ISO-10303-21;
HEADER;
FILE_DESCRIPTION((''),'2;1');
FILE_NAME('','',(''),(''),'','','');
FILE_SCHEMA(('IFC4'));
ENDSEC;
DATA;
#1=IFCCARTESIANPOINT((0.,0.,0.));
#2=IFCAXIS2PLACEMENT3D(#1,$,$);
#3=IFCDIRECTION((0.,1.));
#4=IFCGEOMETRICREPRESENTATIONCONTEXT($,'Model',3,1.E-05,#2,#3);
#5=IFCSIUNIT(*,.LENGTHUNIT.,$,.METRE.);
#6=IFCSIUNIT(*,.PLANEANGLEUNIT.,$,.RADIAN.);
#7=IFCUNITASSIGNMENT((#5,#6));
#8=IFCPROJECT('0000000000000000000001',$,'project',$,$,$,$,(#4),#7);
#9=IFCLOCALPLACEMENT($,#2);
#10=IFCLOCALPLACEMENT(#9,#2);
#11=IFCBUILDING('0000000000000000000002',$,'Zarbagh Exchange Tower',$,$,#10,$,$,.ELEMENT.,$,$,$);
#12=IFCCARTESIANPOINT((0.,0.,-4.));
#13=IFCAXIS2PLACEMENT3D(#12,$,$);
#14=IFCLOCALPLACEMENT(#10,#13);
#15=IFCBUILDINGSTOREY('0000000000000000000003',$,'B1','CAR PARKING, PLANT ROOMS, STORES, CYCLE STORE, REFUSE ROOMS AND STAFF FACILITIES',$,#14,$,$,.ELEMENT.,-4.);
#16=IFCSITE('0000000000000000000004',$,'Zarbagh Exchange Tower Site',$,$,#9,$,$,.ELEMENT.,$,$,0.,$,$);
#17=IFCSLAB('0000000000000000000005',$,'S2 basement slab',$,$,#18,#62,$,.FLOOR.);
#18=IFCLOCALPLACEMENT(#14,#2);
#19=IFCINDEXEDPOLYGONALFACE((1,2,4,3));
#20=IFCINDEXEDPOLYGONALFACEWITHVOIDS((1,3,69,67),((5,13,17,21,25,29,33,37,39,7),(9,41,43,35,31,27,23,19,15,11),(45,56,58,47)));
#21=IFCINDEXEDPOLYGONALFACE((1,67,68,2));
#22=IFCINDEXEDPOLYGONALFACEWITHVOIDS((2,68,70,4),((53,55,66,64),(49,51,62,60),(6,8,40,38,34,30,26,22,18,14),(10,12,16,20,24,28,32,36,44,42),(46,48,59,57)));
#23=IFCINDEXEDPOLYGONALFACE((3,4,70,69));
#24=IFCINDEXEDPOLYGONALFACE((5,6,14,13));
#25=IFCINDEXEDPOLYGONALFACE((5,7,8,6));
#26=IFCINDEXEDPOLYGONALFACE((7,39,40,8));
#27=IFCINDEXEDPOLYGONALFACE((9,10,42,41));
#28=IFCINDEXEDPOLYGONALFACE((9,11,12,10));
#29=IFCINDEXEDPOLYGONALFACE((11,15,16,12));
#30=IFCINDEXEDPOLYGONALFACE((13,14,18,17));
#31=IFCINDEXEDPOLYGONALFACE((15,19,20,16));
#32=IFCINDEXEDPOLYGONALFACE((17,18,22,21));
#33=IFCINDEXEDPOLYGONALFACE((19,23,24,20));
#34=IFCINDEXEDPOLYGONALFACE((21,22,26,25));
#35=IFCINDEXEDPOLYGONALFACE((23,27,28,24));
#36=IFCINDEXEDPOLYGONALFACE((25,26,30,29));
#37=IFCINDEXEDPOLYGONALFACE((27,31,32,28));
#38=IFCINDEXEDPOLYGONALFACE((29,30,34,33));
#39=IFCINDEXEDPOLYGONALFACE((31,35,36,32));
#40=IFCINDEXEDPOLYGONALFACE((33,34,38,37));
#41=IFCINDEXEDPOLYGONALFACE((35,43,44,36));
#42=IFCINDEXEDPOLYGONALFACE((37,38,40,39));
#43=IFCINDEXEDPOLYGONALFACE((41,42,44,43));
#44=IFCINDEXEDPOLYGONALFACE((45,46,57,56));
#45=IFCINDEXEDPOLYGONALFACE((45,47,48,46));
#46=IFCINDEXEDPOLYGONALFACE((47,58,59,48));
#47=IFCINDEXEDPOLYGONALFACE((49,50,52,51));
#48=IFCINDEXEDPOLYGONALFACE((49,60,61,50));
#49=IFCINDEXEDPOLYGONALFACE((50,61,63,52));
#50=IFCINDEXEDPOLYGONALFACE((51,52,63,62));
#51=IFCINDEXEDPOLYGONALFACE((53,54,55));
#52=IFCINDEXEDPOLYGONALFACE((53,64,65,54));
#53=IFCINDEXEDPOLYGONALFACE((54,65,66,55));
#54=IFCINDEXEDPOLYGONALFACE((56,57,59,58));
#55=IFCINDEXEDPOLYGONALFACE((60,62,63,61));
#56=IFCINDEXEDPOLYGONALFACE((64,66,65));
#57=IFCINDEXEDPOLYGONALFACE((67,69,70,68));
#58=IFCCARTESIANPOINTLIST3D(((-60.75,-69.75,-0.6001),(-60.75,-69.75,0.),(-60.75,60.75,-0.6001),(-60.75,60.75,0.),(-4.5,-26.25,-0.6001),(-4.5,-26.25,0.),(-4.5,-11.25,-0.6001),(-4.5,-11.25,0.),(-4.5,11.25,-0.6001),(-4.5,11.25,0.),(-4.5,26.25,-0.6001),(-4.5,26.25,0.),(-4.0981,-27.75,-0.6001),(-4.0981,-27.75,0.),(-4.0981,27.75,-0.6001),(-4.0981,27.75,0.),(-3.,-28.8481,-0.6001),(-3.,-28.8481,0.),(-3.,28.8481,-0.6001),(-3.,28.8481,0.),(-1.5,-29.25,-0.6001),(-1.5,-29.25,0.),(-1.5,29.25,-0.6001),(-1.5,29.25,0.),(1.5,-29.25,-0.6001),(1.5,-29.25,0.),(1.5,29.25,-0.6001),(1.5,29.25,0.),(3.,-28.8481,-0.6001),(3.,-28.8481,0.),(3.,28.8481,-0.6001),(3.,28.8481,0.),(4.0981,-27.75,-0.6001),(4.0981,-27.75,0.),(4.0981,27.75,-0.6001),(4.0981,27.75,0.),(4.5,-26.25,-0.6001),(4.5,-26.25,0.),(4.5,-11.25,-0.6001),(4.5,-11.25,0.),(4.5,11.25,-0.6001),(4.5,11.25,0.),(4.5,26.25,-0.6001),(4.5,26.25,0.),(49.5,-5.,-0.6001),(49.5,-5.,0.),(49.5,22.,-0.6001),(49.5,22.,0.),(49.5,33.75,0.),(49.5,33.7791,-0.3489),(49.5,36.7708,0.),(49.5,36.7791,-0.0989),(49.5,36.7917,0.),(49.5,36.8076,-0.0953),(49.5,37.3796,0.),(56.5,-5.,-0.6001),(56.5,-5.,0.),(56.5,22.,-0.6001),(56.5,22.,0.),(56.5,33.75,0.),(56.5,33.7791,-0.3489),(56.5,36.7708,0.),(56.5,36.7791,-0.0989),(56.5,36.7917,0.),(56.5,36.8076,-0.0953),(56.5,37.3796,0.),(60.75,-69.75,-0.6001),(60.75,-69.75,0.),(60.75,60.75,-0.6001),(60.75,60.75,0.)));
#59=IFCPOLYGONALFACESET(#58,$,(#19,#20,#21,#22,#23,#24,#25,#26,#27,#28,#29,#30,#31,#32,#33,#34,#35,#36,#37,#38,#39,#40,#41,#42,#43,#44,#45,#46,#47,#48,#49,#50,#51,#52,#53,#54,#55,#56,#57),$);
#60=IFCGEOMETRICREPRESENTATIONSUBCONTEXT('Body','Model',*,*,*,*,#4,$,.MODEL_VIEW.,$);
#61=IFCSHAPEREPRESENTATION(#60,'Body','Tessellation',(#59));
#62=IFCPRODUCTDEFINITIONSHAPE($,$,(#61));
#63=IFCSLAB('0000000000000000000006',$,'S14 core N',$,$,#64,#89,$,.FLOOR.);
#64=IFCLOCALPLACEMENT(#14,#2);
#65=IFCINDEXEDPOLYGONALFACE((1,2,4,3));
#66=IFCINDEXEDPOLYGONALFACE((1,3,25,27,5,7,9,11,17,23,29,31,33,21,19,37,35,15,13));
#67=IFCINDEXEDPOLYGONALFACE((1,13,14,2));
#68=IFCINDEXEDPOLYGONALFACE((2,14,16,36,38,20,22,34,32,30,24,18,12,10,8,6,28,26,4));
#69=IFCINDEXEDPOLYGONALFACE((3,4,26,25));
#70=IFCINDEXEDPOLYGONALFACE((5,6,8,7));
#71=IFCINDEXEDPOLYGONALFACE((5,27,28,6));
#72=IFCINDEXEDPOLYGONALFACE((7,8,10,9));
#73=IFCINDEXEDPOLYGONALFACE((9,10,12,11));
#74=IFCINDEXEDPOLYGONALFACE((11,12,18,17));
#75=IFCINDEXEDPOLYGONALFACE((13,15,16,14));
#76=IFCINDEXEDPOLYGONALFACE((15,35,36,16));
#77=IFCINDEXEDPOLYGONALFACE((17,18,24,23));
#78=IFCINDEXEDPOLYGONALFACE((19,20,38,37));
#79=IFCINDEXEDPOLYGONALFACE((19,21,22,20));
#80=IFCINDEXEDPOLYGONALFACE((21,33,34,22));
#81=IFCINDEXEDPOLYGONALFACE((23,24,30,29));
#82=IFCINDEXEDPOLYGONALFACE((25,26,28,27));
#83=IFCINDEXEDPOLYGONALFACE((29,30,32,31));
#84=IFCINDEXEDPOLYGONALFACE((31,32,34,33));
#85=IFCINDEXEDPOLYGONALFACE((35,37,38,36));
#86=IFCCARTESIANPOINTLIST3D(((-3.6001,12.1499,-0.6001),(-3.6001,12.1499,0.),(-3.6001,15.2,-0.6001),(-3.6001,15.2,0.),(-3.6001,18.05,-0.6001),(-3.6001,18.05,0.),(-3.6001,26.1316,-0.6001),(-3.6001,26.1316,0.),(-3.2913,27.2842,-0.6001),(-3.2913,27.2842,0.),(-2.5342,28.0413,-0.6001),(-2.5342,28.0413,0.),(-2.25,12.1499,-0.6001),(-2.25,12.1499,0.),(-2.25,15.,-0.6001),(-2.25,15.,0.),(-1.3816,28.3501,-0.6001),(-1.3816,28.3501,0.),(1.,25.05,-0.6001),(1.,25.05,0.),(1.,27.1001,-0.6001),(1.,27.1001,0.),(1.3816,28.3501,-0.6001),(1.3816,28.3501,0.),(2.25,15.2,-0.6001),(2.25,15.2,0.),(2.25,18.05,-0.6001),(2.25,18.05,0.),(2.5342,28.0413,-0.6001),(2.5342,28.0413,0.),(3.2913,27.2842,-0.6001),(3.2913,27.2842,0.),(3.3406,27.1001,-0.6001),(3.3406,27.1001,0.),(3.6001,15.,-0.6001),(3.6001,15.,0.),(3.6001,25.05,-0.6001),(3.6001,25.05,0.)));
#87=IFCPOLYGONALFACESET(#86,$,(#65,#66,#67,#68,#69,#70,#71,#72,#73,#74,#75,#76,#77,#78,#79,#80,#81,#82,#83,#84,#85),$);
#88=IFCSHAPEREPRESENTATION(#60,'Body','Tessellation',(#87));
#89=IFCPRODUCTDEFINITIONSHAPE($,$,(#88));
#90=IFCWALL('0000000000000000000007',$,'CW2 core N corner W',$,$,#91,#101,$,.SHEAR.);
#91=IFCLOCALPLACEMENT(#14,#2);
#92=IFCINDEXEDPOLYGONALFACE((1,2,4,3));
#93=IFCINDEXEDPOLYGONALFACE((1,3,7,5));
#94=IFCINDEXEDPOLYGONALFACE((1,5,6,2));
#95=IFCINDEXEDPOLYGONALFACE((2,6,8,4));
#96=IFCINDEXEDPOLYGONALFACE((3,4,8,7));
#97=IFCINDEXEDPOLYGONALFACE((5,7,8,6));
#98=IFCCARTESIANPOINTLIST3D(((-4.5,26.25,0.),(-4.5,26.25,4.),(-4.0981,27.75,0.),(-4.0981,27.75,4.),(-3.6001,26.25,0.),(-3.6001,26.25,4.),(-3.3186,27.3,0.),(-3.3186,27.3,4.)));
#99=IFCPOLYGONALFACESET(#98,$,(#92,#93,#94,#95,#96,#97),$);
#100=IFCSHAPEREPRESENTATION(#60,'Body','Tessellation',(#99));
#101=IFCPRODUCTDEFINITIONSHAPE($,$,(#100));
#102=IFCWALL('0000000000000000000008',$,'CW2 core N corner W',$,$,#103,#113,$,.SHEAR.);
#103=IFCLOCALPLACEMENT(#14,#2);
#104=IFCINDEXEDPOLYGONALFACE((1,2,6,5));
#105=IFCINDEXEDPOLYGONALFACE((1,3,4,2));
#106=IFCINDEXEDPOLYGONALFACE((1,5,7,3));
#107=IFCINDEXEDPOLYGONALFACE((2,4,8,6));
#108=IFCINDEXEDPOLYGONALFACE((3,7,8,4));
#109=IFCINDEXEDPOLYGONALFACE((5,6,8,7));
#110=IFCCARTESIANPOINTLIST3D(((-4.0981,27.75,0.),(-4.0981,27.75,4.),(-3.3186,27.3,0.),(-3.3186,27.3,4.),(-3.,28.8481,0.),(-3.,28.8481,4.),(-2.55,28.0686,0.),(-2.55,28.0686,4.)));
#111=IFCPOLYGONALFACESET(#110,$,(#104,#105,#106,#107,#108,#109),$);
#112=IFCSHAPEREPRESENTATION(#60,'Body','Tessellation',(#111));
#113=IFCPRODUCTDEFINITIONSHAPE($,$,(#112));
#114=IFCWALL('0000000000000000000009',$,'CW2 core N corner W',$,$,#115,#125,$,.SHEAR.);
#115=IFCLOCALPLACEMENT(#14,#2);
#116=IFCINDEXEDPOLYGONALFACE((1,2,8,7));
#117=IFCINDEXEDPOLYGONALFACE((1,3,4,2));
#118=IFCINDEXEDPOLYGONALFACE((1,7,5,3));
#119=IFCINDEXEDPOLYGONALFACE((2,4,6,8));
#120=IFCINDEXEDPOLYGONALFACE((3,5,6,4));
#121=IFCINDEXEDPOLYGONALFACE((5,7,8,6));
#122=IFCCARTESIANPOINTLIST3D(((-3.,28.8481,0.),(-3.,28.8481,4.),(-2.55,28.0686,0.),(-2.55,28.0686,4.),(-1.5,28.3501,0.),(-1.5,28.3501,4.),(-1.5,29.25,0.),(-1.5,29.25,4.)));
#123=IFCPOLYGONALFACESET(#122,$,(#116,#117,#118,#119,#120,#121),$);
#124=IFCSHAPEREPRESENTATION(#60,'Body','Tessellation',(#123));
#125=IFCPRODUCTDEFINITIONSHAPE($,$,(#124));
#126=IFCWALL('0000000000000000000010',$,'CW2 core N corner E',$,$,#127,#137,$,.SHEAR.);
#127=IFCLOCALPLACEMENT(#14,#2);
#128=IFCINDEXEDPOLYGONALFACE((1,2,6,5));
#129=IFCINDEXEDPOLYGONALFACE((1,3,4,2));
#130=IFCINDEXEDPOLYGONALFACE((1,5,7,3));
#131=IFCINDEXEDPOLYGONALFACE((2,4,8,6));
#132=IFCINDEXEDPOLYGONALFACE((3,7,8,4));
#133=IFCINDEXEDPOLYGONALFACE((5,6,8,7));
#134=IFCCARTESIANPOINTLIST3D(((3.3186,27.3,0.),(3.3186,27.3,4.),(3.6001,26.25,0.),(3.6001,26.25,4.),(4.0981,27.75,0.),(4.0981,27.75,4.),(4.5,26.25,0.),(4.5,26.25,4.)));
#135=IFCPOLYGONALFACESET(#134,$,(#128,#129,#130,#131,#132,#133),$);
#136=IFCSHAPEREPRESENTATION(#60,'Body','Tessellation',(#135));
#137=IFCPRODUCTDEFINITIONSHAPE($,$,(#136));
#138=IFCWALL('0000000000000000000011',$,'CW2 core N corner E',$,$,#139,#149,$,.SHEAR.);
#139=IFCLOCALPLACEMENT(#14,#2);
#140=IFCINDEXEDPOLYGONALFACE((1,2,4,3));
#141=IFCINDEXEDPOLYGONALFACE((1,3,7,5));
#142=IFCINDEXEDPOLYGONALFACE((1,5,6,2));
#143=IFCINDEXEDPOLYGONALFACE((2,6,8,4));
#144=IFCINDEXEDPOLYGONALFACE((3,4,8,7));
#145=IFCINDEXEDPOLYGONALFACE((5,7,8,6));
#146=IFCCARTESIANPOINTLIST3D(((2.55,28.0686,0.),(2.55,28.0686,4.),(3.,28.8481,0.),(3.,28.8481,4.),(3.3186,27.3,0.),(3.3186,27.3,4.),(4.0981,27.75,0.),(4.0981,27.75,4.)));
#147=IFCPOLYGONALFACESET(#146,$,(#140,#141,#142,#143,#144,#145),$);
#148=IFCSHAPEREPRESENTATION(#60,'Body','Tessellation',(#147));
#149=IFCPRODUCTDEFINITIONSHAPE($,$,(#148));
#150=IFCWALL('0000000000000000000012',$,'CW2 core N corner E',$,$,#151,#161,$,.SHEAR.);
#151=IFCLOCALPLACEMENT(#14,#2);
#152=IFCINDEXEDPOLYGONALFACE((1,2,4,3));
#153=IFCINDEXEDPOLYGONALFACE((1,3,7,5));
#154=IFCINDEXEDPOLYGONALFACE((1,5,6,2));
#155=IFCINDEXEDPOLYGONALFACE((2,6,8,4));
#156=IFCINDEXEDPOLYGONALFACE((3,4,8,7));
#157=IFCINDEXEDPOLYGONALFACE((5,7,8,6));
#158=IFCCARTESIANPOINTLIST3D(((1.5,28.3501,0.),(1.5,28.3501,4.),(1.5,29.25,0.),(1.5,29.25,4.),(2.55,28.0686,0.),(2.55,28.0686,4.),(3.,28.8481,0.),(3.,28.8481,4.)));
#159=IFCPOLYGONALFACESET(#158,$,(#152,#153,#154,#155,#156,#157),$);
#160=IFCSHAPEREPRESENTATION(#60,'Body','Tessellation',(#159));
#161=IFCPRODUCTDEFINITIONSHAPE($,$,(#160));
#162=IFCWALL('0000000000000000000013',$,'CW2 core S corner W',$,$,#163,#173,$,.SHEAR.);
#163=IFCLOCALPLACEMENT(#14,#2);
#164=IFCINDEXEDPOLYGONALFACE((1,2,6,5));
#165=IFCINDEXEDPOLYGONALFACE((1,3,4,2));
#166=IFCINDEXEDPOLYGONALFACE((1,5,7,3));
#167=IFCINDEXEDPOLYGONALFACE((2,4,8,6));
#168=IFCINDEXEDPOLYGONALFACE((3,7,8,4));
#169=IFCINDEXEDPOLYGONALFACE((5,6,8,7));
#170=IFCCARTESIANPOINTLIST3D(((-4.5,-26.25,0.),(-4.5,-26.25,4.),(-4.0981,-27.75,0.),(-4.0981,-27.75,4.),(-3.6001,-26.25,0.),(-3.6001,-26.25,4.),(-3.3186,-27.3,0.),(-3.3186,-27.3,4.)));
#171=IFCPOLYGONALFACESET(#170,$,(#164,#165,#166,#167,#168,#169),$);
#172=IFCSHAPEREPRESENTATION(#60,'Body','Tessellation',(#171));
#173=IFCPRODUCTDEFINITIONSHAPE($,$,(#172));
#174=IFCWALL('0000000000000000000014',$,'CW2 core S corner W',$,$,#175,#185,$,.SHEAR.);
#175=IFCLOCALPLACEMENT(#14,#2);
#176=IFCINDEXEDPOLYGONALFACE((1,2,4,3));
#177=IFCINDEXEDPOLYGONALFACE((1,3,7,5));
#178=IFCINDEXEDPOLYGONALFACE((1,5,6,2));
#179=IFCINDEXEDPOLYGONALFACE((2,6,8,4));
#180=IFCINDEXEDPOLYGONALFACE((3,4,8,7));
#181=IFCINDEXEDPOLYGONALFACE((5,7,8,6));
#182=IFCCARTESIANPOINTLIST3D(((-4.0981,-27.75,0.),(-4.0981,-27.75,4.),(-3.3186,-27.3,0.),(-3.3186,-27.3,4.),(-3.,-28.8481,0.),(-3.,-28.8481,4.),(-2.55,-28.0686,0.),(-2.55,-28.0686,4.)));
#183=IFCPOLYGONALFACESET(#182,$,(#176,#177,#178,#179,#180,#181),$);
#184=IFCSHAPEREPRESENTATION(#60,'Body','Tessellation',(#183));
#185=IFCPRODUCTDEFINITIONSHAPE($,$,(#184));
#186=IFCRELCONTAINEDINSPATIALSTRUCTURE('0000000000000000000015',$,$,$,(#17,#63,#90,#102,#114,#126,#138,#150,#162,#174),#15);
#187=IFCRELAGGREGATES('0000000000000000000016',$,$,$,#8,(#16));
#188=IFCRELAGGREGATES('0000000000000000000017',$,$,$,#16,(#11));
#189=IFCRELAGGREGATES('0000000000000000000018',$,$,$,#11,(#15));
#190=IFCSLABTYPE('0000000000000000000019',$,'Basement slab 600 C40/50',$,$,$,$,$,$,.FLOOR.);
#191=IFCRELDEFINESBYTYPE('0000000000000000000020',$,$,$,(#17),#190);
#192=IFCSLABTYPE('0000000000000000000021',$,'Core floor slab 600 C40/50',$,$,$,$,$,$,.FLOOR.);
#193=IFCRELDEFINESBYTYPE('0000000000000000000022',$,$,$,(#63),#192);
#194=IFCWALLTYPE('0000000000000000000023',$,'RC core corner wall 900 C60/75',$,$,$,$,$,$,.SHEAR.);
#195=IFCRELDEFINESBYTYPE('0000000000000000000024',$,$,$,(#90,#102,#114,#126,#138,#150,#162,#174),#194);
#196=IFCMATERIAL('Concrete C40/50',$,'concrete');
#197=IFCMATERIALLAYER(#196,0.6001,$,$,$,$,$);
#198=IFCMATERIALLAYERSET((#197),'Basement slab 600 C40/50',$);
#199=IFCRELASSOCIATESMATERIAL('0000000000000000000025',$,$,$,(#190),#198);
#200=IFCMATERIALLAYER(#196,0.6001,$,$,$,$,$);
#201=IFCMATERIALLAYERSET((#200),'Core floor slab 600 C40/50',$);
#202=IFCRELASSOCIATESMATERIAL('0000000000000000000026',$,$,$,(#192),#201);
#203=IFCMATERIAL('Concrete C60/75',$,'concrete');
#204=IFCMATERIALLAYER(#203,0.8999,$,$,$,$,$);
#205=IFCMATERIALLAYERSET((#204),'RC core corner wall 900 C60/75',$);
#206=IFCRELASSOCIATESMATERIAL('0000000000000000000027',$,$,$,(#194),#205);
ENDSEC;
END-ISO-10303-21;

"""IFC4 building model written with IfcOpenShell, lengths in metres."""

from ifc_helpers import new_model, si_unit, direction, frame, origin, place, context, subcontext, project, spatial, polyline, outline, extrude, material, layer, layer_set, type_object, element, save


model = new_model("IFC4")

# Units and contexts
model_context = context("Model", 3, precision=1e-05, world=origin(), true_north=direction((0.0, 1.0)))
body_context = subcontext(model_context, "Body", "Model", "MODEL_VIEW")
ifc_project = project(units=[si_unit("LENGTHUNIT", "METRE"), si_unit("PLANEANGLEUNIT", "RADIAN")], contexts=[model_context])

# Site, building, storey
site_placement = place(None, origin())
site = spatial("IfcSite", under=ifc_project, at=site_placement, Name="Zarbagh Exchange Tower Site", CompositionType="ELEMENT", RefElevation=0.0)
building_placement = place(site_placement, origin())
building = spatial("IfcBuilding", under=site, at=building_placement, Name="Zarbagh Exchange Tower", CompositionType="ELEMENT")
storey_placement = place(building_placement, frame((0.0, 0.0, -4.0)))
storey = spatial("IfcBuildingStorey", under=building, at=storey_placement, Name="B1", Description="CAR PARKING, PLANT ROOMS, STORES, CYCLE STORE, REFUSE ROOMS AND STAFF FACILITIES", CompositionType="ELEMENT", Elevation=-4.0)

# Slab, openings
ifc_material_1 = material(Name="Concrete C40/50", Category="concrete")
ifc_layer_1 = layer(ifc_material_1, 0.6001)
ifc_layer_set_1 = layer_set([ifc_layer_1], Name="Basement slab 600 C40/50")
slab_type_1 = type_object("IfcSlabType", Name="Basement slab 600 C40/50", PredefinedType="FLOOR", material=ifc_layer_set_1)
slab_1_placement = place(storey_placement, frame((0.0, 0.0, -0.6001)))
slab_1 = element("IfcSlab", 1, at=slab_1_placement, inside=storey, type_object=slab_type_1, Name="S2 basement slab", PredefinedType="FLOOR", context=body_context, shape_type="SweptSolid", body=[
    extrude(outline(polyline([(-60.75, 60.75), (60.75, 60.75), (60.75, -69.75), (-60.75, -69.75), (-60.75, 60.75)]), holes=[polyline([(4.5, 26.25), (4.0981, 27.75), (3.0, 28.8481), (1.5, 29.25), (-1.5, 29.25), (-3.0, 28.8481), (-4.0981, 27.75), (-4.5, 26.25), (-4.5, 11.25), (4.5, 11.25), (4.5, 26.25)]), polyline([(1.5, -29.25), (3.0, -28.8481), (4.0981, -27.75), (4.5, -26.25), (4.5, -11.25), (-4.5, -11.25), (-4.5, -26.25), (-4.0981, -27.75), (-3.0, -28.8481), (-1.5, -29.25), (1.5, -29.25)]), polyline([(56.5, 22.0), (49.5, 22.0), (49.5, -5.0), (56.5, -5.0), (56.5, 22.0)])]), origin(), (0.0, 0.0, 1.0), 0.6001),
])
opening_1_placement = place(storey_placement, frame((49.5, 36.75, 0.25), z_axis=(0.0, -0.164399, 0.986394), x_axis=(1.0, 0.0, 0.0)))
element("IfcOpeningElement", 2, at=opening_1_placement, cuts=slab_1, PredefinedType="RECESS", context=body_context, shape_type="SweptSolid", body=[
    extrude(outline(polyline([(0.0, 0.0), (7.0, 0.0), (7.0, 21.2897), (0.0, 21.2897), (0.0, 0.0)])), origin(), (0.0, 0.0, -1.0), 0.3501),
])
opening_2_placement = place(storey_placement, frame((49.5, 33.75, 0.0), z_axis=(0.0, -0.083045, 0.996546), x_axis=(1.0, 0.0, 0.0)))
element("IfcOpeningElement", 3, at=opening_2_placement, cuts=slab_1, PredefinedType="RECESS", context=body_context, shape_type="SweptSolid", body=[
    extrude(outline(polyline([(0.0, 0.0), (7.0, 0.0), (7.0, 3.0104), (0.0, 3.0104), (0.0, 0.0)])), origin(), (0.0, 0.0, -1.0), 0.3501),
])

# Slab
ifc_layer_2 = layer(ifc_material_1, 0.6001)
ifc_layer_set_2 = layer_set([ifc_layer_2], Name="Core floor slab 600 C40/50")
slab_type_2 = type_object("IfcSlabType", Name="Core floor slab 600 C40/50", PredefinedType="FLOOR", material=ifc_layer_set_2)
slab_2_placement = place(storey_placement, frame((0.0, 0.0, -0.6001)))
element("IfcSlab", 4, at=slab_2_placement, inside=storey, type_object=slab_type_2, Name="S14 core N", PredefinedType="FLOOR", context=body_context, shape_type="SweptSolid", body=[
    extrude(outline(polyline([(-3.6001, 12.1499), (-3.6001, 15.2), (2.25, 15.2), (2.25, 18.05), (-3.6001, 18.05), (-3.6001, 26.1316), (-3.2913, 27.2842), (-2.5342, 28.0413), (-1.3816, 28.3501), (1.3816, 28.3501), (2.5342, 28.0413), (3.2913, 27.2842), (3.3406, 27.1001), (1.0, 27.1001), (1.0, 25.05), (3.6001, 25.05), (3.6001, 15.0), (-2.25, 15.0), (-2.25, 12.1499), (-3.6001, 12.1499)])), origin(), (0.0, 0.0, 1.0), 0.6001),
])

# Walls
ifc_material_2 = material(Name="Concrete C60/75", Category="concrete")
ifc_layer_3 = layer(ifc_material_2, 0.8999)
ifc_layer_set_3 = layer_set([ifc_layer_3], Name="RC core corner wall 900 C60/75")
wall_type_1 = type_object("IfcWallType", Name="RC core corner wall 900 C60/75", PredefinedType="SHEAR", material=ifc_layer_set_3)
wall_1_placement = place(storey_placement, origin())
element("IfcWall", 5, at=wall_1_placement, inside=storey, type_object=wall_type_1, Name="CW2 core N corner W", PredefinedType="SHEAR", context=body_context, shape_type="SweptSolid", body=[
    extrude(outline(polyline([(-4.5, 26.25), (-4.0981, 27.75), (-3.3186, 27.3), (-3.6001, 26.25), (-4.5, 26.25)])), origin(), (0.0, 0.0, 1.0), 4.0),
])
wall_2_placement = place(storey_placement, origin())
element("IfcWall", 6, at=wall_2_placement, inside=storey, type_object=wall_type_1, Name="CW2 core N corner W", PredefinedType="SHEAR", context=body_context, shape_type="SweptSolid", body=[
    extrude(outline(polyline([(-4.0981, 27.75), (-3.0, 28.8481), (-2.55, 28.0686), (-3.3186, 27.3), (-4.0981, 27.75)])), origin(), (0.0, 0.0, 1.0), 4.0),
])
wall_3_placement = place(storey_placement, origin())
element("IfcWall", 7, at=wall_3_placement, inside=storey, type_object=wall_type_1, Name="CW2 core N corner W", PredefinedType="SHEAR", context=body_context, shape_type="SweptSolid", body=[
    extrude(outline(polyline([(-3.0, 28.8481), (-1.5, 29.25), (-1.5, 28.3501), (-2.55, 28.0686), (-3.0, 28.8481)])), origin(), (0.0, 0.0, 1.0), 4.0),
])
wall_4_placement = place(storey_placement, origin())
element("IfcWall", 8, at=wall_4_placement, inside=storey, type_object=wall_type_1, Name="CW2 core N corner E", PredefinedType="SHEAR", context=body_context, shape_type="SweptSolid", body=[
    extrude(outline(polyline([(4.5, 26.25), (4.0981, 27.75), (3.3186, 27.3), (3.6001, 26.25), (4.5, 26.25)])), origin(), (0.0, 0.0, 1.0), 4.0),
])
wall_5_placement = place(storey_placement, origin())
element("IfcWall", 9, at=wall_5_placement, inside=storey, type_object=wall_type_1, Name="CW2 core N corner E", PredefinedType="SHEAR", context=body_context, shape_type="SweptSolid", body=[
    extrude(outline(polyline([(4.0981, 27.75), (3.0, 28.8481), (2.55, 28.0686), (3.3186, 27.3), (4.0981, 27.75)])), origin(), (0.0, 0.0, 1.0), 4.0),
])
wall_6_placement = place(storey_placement, origin())
element("IfcWall", 10, at=wall_6_placement, inside=storey, type_object=wall_type_1, Name="CW2 core N corner E", PredefinedType="SHEAR", context=body_context, shape_type="SweptSolid", body=[
    extrude(outline(polyline([(3.0, 28.8481), (1.5, 29.25), (1.5, 28.3501), (2.55, 28.0686), (3.0, 28.8481)])), origin(), (0.0, 0.0, 1.0), 4.0),
])
wall_7_placement = place(storey_placement, origin())
element("IfcWall", 11, at=wall_7_placement, inside=storey, type_object=wall_type_1, Name="CW2 core S corner W", PredefinedType="SHEAR", context=body_context, shape_type="SweptSolid", body=[
    extrude(outline(polyline([(-4.5, -26.25), (-4.0981, -27.75), (-3.3186, -27.3), (-3.6001, -26.25), (-4.5, -26.25)])), origin(), (0.0, 0.0, 1.0), 4.0),
])
wall_8_placement = place(storey_placement, origin())
element("IfcWall", 12, at=wall_8_placement, inside=storey, type_object=wall_type_1, Name="CW2 core S corner W", PredefinedType="SHEAR", context=body_context, shape_type="SweptSolid", body=[
    extrude(outline(polyline([(-4.0981, -27.75), (-3.0, -28.8481), (-2.55, -28.0686), (-3.3186, -27.3), (-4.0981, -27.75)])), origin(), (0.0, 0.0, 1.0), 4.0),
])

save(model, "model.ifc")
